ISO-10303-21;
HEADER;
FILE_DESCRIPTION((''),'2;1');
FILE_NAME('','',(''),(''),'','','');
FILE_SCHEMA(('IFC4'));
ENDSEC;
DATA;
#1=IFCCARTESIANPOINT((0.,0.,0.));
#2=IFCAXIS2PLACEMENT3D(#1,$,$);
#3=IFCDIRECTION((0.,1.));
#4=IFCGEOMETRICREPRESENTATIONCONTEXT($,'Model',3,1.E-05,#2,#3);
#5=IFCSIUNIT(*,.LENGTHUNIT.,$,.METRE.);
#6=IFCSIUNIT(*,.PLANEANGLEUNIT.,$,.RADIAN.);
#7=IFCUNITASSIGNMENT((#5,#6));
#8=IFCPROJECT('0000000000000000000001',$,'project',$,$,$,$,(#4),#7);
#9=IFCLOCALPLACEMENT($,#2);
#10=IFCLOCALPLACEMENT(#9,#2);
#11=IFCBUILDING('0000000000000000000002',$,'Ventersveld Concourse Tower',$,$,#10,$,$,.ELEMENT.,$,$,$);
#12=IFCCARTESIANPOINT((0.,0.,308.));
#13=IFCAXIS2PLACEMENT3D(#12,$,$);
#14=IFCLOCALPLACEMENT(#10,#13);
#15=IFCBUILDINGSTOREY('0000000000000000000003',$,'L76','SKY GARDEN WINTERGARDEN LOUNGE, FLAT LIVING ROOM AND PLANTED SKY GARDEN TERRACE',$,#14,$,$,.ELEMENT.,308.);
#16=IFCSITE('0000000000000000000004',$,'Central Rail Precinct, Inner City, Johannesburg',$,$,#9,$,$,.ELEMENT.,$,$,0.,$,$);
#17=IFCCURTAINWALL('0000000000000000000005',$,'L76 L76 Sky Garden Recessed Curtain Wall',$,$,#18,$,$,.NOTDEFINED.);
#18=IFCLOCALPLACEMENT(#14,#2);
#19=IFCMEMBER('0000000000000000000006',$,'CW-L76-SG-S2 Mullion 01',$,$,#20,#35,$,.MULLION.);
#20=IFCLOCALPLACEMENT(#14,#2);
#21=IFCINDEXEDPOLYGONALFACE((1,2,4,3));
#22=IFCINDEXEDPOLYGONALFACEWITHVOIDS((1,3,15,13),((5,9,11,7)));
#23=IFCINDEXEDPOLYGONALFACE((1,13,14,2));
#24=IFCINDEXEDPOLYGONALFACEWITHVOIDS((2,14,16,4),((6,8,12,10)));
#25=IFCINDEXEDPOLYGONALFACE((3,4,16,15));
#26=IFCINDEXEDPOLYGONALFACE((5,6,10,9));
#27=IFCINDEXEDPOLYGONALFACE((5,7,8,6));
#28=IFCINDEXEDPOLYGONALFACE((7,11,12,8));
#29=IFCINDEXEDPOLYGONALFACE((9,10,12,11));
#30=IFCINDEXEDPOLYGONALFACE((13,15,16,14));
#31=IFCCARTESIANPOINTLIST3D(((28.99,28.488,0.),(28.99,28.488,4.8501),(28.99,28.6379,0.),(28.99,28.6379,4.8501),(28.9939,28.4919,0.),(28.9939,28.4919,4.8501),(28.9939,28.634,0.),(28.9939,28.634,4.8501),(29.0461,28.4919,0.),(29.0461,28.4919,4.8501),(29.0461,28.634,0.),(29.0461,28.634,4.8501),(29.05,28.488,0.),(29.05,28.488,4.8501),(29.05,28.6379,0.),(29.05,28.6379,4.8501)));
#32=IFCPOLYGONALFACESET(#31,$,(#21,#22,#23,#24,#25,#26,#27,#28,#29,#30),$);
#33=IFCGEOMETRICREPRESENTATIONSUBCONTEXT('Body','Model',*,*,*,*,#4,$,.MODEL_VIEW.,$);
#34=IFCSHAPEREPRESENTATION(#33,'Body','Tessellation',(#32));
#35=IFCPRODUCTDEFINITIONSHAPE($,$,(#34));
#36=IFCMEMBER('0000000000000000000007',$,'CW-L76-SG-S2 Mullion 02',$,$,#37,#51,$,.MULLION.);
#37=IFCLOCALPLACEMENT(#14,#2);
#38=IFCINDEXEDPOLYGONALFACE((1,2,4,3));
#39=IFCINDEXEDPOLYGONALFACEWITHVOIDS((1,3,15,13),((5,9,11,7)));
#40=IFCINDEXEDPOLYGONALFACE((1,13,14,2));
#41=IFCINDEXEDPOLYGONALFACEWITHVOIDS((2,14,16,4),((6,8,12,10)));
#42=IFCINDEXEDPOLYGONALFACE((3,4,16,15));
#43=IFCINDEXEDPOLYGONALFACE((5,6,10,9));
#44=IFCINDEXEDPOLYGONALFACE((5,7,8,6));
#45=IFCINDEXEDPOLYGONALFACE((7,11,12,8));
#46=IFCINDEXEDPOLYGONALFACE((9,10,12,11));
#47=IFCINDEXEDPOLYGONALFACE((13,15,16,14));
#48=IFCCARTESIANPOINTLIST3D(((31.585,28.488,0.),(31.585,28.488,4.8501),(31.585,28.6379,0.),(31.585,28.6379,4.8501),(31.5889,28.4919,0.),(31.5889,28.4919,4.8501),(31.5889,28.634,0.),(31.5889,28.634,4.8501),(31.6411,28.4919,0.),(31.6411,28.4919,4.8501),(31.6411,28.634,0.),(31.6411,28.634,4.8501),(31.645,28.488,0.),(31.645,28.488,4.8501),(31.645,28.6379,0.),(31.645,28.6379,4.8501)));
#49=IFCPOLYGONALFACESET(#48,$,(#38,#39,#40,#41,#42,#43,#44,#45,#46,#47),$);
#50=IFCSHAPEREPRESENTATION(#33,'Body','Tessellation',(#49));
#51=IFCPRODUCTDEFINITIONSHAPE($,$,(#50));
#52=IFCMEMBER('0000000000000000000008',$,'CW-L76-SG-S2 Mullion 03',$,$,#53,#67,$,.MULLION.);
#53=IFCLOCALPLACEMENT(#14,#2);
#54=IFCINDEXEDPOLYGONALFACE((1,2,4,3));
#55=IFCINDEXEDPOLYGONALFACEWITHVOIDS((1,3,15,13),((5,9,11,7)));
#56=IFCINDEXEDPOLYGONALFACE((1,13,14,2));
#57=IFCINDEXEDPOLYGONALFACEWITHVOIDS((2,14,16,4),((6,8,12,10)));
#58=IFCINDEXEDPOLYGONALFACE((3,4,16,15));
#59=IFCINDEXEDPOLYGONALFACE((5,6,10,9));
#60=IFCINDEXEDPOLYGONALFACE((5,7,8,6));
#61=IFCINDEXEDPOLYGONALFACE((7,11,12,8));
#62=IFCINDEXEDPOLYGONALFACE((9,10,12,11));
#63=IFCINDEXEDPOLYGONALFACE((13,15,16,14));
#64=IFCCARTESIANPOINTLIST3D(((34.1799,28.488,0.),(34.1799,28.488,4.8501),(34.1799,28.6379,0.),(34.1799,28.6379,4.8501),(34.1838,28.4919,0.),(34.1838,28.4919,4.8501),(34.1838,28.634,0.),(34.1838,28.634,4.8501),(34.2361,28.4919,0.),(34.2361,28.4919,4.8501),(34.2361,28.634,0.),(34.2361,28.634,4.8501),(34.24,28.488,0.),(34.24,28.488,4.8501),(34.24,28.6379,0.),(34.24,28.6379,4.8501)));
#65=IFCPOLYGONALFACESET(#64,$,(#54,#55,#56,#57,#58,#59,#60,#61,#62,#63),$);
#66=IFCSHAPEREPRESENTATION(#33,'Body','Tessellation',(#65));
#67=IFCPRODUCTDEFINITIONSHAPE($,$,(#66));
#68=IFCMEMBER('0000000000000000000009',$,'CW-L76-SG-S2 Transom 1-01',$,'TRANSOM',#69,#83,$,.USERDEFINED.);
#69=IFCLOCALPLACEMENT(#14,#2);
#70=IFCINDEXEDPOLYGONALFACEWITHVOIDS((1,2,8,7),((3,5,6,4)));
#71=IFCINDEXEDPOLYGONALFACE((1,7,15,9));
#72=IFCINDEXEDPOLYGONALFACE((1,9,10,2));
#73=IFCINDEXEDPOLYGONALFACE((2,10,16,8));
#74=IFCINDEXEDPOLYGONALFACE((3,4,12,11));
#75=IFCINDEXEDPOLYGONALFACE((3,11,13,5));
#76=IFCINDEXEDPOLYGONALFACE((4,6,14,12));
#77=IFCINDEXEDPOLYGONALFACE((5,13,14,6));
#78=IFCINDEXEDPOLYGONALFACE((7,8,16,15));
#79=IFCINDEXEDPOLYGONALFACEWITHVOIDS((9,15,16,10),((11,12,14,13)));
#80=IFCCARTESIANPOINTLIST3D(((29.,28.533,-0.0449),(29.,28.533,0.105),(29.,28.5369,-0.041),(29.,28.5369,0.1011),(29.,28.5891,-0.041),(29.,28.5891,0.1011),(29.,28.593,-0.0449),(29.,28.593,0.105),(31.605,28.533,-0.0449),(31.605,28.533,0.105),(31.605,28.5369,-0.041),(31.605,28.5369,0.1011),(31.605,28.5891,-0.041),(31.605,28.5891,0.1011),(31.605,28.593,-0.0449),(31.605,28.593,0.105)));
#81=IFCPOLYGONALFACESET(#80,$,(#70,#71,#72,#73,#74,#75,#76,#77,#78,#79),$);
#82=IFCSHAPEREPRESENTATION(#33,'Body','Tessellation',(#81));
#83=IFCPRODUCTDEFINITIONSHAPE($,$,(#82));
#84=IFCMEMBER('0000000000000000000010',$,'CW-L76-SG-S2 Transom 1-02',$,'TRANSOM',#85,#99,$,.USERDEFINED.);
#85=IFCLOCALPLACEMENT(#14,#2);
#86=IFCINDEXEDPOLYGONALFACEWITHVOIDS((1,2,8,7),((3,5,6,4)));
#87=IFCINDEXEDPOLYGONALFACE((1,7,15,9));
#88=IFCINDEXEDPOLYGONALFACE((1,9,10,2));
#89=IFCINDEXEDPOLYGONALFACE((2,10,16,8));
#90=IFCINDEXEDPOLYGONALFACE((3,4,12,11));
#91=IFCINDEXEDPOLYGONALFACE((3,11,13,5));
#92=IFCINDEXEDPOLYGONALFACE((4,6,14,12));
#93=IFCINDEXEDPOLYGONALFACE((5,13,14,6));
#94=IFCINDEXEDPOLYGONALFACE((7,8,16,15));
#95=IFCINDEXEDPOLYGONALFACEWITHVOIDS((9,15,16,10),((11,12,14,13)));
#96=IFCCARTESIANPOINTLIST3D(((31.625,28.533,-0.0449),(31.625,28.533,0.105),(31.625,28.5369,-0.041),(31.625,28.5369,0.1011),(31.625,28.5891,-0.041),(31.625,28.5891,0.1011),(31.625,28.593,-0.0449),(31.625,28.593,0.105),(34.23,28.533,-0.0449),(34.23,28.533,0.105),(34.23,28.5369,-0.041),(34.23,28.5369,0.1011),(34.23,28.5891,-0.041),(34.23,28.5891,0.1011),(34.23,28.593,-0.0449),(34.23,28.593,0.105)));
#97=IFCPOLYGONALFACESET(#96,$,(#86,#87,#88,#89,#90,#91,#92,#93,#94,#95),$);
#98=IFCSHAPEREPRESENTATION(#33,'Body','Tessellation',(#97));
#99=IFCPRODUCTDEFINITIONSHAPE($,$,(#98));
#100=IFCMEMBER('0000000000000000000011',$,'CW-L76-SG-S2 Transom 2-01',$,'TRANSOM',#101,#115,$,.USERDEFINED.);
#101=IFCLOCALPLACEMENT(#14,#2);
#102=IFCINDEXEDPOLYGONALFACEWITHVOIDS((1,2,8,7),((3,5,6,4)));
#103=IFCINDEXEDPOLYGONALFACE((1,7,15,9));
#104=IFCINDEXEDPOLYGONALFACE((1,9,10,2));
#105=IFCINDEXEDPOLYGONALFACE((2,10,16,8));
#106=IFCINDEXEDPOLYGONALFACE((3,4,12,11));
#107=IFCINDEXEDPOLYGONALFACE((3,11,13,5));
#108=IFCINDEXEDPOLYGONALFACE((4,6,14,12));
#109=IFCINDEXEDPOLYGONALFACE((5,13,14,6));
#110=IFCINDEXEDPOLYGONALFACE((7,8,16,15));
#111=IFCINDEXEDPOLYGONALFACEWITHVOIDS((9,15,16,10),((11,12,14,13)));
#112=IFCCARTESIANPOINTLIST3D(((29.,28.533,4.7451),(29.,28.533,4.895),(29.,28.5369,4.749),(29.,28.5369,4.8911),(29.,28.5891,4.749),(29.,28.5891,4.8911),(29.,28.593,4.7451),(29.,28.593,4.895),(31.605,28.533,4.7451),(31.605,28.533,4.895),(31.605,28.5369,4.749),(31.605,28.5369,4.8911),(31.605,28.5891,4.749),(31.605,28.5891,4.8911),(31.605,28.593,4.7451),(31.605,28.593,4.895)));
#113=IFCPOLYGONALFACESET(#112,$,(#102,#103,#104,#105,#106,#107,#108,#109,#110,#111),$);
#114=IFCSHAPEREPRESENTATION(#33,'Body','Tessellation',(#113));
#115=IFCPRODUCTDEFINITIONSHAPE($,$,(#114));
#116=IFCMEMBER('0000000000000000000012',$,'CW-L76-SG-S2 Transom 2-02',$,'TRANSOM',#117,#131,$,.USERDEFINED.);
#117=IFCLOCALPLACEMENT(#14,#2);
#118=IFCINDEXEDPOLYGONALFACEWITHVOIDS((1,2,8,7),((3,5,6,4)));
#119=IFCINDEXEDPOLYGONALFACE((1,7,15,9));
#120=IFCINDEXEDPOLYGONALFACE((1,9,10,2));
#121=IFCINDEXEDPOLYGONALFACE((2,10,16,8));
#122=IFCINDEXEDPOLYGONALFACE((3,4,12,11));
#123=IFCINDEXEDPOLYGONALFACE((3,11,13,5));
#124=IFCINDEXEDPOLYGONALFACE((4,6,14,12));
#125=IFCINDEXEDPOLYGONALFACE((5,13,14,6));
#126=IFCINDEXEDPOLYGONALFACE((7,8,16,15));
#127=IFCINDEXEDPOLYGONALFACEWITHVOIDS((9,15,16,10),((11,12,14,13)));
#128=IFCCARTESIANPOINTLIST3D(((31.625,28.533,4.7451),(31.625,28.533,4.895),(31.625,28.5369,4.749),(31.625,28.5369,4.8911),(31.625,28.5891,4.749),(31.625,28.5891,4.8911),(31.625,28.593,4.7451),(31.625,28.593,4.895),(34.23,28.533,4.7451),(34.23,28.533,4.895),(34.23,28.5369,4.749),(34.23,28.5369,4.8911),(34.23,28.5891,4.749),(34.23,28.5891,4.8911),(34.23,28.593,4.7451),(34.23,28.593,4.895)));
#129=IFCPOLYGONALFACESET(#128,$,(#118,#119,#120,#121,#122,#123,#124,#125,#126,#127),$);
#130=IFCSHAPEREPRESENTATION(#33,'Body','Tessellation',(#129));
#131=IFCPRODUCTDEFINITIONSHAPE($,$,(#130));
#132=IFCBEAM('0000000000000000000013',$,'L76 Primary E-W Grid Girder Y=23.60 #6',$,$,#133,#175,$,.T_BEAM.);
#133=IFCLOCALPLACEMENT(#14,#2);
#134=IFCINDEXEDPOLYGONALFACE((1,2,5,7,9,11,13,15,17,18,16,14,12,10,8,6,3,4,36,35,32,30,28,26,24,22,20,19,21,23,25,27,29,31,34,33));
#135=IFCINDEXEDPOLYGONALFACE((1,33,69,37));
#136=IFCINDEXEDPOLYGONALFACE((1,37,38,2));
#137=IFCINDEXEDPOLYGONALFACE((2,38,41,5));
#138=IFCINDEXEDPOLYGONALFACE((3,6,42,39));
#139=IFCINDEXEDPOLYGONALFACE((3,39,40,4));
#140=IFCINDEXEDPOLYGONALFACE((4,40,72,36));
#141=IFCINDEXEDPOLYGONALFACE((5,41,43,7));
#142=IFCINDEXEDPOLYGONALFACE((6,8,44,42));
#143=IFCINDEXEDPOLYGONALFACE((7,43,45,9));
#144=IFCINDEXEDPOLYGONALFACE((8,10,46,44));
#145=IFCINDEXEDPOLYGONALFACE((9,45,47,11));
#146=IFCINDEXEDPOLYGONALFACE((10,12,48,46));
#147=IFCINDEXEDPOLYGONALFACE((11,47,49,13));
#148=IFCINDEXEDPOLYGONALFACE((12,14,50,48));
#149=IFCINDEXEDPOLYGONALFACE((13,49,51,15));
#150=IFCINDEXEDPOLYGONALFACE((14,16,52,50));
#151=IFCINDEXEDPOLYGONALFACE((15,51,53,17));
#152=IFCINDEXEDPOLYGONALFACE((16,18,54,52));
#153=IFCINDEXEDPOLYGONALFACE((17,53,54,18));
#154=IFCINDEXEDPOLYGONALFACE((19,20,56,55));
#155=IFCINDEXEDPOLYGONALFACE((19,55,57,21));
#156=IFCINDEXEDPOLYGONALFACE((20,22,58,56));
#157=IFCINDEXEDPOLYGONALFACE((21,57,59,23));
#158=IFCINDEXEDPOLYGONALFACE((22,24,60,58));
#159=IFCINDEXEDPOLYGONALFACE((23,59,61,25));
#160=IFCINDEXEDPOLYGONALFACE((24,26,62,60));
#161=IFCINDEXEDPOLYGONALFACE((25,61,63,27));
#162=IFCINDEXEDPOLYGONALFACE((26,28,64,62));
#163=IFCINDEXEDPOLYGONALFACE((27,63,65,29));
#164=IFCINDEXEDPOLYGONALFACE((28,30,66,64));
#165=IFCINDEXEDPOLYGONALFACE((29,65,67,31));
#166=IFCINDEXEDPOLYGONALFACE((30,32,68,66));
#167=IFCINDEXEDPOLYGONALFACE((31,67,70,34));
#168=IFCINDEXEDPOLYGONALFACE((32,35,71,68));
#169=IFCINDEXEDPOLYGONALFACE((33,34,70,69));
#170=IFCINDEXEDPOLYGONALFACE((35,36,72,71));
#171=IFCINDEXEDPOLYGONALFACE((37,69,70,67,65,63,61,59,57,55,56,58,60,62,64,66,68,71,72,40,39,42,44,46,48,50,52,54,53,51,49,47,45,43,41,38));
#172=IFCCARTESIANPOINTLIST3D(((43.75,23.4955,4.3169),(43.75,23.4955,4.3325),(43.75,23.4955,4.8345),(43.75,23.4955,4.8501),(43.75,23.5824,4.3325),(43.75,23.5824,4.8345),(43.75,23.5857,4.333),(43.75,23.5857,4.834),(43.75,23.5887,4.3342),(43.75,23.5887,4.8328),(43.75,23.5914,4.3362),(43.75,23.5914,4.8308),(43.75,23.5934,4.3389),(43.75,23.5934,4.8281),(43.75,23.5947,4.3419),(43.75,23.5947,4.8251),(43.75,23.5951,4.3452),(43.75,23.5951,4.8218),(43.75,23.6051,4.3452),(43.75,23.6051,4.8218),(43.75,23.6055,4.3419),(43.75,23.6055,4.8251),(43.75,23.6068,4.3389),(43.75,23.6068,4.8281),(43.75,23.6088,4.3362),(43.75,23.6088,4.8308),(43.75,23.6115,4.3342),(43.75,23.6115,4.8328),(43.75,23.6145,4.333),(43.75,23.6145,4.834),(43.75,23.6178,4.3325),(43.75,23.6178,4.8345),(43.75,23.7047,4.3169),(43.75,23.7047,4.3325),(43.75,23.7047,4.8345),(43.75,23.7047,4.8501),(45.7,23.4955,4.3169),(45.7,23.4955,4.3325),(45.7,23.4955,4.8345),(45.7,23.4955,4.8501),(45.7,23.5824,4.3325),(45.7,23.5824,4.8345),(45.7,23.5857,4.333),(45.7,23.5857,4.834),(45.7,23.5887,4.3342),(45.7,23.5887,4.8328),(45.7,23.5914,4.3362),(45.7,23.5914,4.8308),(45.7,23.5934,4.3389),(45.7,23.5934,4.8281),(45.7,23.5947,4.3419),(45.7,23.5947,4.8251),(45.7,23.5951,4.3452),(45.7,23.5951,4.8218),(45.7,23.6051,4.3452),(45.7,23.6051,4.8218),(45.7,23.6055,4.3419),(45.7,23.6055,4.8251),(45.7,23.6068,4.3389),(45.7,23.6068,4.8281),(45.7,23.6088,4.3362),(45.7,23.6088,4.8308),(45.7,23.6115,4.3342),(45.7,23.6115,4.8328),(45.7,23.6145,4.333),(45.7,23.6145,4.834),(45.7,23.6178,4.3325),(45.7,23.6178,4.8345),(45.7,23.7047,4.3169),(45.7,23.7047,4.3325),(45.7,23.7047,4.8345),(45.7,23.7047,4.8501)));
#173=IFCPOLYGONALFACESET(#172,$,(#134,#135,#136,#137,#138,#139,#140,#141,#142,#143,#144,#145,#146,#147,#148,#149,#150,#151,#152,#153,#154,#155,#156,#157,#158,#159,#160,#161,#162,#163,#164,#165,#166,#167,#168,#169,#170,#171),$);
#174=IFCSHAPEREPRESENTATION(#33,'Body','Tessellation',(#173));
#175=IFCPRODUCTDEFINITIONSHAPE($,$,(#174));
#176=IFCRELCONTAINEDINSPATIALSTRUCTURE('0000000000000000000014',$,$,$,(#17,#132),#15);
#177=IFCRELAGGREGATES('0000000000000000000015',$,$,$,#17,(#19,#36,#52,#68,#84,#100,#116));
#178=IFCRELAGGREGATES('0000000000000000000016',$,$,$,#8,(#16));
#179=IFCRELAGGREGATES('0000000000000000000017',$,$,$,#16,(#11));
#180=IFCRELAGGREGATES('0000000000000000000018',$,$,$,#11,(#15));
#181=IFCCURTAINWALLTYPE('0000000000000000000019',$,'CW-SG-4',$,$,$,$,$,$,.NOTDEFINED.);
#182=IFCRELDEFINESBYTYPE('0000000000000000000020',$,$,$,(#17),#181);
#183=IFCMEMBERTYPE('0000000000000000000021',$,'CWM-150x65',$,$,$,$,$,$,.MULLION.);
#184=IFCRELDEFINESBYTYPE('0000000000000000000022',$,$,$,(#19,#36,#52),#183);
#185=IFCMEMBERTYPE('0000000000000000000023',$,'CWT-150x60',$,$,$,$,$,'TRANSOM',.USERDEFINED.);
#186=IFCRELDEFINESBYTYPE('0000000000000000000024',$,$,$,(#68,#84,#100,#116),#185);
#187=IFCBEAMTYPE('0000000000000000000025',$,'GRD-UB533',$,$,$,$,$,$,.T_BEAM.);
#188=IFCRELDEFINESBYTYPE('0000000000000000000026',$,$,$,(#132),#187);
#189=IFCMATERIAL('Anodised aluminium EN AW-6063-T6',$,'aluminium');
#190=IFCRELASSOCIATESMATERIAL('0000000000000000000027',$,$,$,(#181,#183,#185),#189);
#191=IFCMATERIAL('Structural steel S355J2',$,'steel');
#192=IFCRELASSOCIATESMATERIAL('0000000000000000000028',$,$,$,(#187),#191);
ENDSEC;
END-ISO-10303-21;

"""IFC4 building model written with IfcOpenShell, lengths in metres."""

from ifc_helpers import new_model, si_unit, direction, frame, origin, origin_2d, place, context, subcontext, project, spatial, hollow_rectangle, i_section, extrude, material, material_profile, profile_set, type_object, element, aggregate, save


model = new_model("IFC4")

# Units and contexts
model_context = context("Model", 3, precision=1e-05, world=origin(), true_north=direction((0.0, 1.0)))
body_context = subcontext(model_context, "Body", "Model", "MODEL_VIEW")
ifc_project = project(units=[si_unit("LENGTHUNIT", "METRE"), si_unit("PLANEANGLEUNIT", "RADIAN")], contexts=[model_context])

# Site, building, storey
site_placement = place(None, origin())
site = spatial("IfcSite", under=ifc_project, at=site_placement, Name="Central Rail Precinct, Inner City, Johannesburg", CompositionType="ELEMENT", RefElevation=0.0)
building_placement = place(site_placement, origin())
building = spatial("IfcBuilding", under=site, at=building_placement, Name="Ventersveld Concourse Tower", CompositionType="ELEMENT")
storey_placement = place(building_placement, frame((0.0, 0.0, 308.0)))
storey = spatial("IfcBuildingStorey", under=building, at=storey_placement, Name="L76", Description="SKY GARDEN WINTERGARDEN LOUNGE, FLAT LIVING ROOM AND PLANTED SKY GARDEN TERRACE", CompositionType="ELEMENT", Elevation=308.0)

# Shared definitions
ifc_material_1 = material(Name="Structural steel S355J2", Category="steel")

# Shared definitions
ifc_material_2 = material(Name="Anodised aluminium EN AW-6063-T6", Category="aluminium")
curtain_wall_type = type_object("IfcCurtainWallType", Name="CW-SG-4", PredefinedType="NOTDEFINED", material=ifc_material_2)
ifc_material_profile_1 = material_profile(ifc_material_2, hollow_rectangle(XDim=0.0601, YDim=0.1499, WallThickness=0.0039, at=origin_2d()), Name="ALU 150x60x4")
ifc_profile_set_1 = profile_set([ifc_material_profile_1], Name="Anodised aluminium EN AW-6063-T6")
member_type_1 = type_object("IfcMemberType", Name="CWM-150x65", PredefinedType="MULLION", material=ifc_profile_set_1)

# Curtain wall, members
curtain_wall_1_placement = place(storey_placement, origin())
curtain_wall_1 = element("IfcCurtainWall", 1, at=curtain_wall_1_placement, inside=storey, type_object=curtain_wall_type, Name="L76 L76 Sky Garden Recessed Curtain Wall", PredefinedType="NOTDEFINED")
member_1_placement = place(storey_placement, frame((29.02, 28.563, 0.0), z_axis=(0.0, 0.0, 1.0), x_axis=(1.0, 0.0, 0.0)))
member_1 = element("IfcMember", 2, at=member_1_placement, type_object=member_type_1, Name="CW-L76-SG-S2 Mullion 01", PredefinedType="MULLION", context=body_context, shape_type="SweptSolid", body=[
    extrude(hollow_rectangle(XDim=0.0601, YDim=0.1499, WallThickness=0.0039, at=origin_2d()), origin(), (0.0, 0.0, 1.0), 4.8501),
])
member_2_placement = place(storey_placement, frame((31.615, 28.563, 0.0), z_axis=(0.0, 0.0, 1.0), x_axis=(1.0, 0.0, 0.0)))
member_2 = element("IfcMember", 3, at=member_2_placement, type_object=member_type_1, Name="CW-L76-SG-S2 Mullion 02", PredefinedType="MULLION", context=body_context, shape_type="SweptSolid", body=[
    extrude(hollow_rectangle(XDim=0.0601, YDim=0.1499, WallThickness=0.0039, at=origin_2d()), origin(), (0.0, 0.0, 1.0), 4.8501),
])
member_3_placement = place(storey_placement, frame((34.21, 28.563, 0.0), z_axis=(0.0, 0.0, 1.0), x_axis=(1.0, 0.0, 0.0)))
member_3 = element("IfcMember", 4, at=member_3_placement, type_object=member_type_1, Name="CW-L76-SG-S2 Mullion 03", PredefinedType="MULLION", context=body_context, shape_type="SweptSolid", body=[
    extrude(hollow_rectangle(XDim=0.0601, YDim=0.1499, WallThickness=0.0039, at=origin_2d()), origin(), (0.0, 0.0, 1.0), 4.8501),
])
ifc_material_profile_2 = material_profile(ifc_material_2, hollow_rectangle(XDim=0.0601, YDim=0.1499, WallThickness=0.0039, at=origin_2d()), Name="ALU 150x60x4")
ifc_profile_set_2 = profile_set([ifc_material_profile_2], Name="Anodised aluminium EN AW-6063-T6")
member_type_2 = type_object("IfcMemberType", Name="CWT-150x60", ElementType="TRANSOM", PredefinedType="USERDEFINED", material=ifc_profile_set_2)
member_4_placement = place(storey_placement, frame((29.0, 28.563, 0.03), z_axis=(1.0, 0.0, 0.0), x_axis=(0.0, 1.0, 0.0)))
member_4 = element("IfcMember", 5, at=member_4_placement, type_object=member_type_2, Name="CW-L76-SG-S2 Transom 1-01", ObjectType="TRANSOM", PredefinedType="USERDEFINED", context=body_context, shape_type="SweptSolid", body=[
    extrude(hollow_rectangle(XDim=0.0601, YDim=0.1499, WallThickness=0.0039, at=origin_2d()), origin(), (0.0, 0.0, 1.0), 2.605),
])
member_5_placement = place(storey_placement, frame((31.625, 28.563, 0.03), z_axis=(1.0, 0.0, 0.0), x_axis=(0.0, 1.0, 0.0)))
member_5 = element("IfcMember", 6, at=member_5_placement, type_object=member_type_2, Name="CW-L76-SG-S2 Transom 1-02", ObjectType="TRANSOM", PredefinedType="USERDEFINED", context=body_context, shape_type="SweptSolid", body=[
    extrude(hollow_rectangle(XDim=0.0601, YDim=0.1499, WallThickness=0.0039, at=origin_2d()), origin(), (0.0, 0.0, 1.0), 2.605),
])
member_6_placement = place(storey_placement, frame((29.0, 28.563, 4.8201), z_axis=(1.0, 0.0, 0.0), x_axis=(0.0, 1.0, 0.0)))
member_6 = element("IfcMember", 7, at=member_6_placement, type_object=member_type_2, Name="CW-L76-SG-S2 Transom 2-01", ObjectType="TRANSOM", PredefinedType="USERDEFINED", context=body_context, shape_type="SweptSolid", body=[
    extrude(hollow_rectangle(XDim=0.0601, YDim=0.1499, WallThickness=0.0039, at=origin_2d()), origin(), (0.0, 0.0, 1.0), 2.605),
])
member_7_placement = place(storey_placement, frame((31.625, 28.563, 4.8201), z_axis=(1.0, 0.0, 0.0), x_axis=(0.0, 1.0, 0.0)))
member_7 = element("IfcMember", 8, at=member_7_placement, type_object=member_type_2, Name="CW-L76-SG-S2 Transom 2-02", ObjectType="TRANSOM", PredefinedType="USERDEFINED", context=body_context, shape_type="SweptSolid", body=[
    extrude(hollow_rectangle(XDim=0.0601, YDim=0.1499, WallThickness=0.0039, at=origin_2d()), origin(), (0.0, 0.0, 1.0), 2.605),
])

# Beam
ifc_material_profile_3 = material_profile(ifc_material_1, i_section(OverallWidth=0.2092, OverallDepth=0.5332, WebThickness=0.01, FlangeThickness=0.0156, FilletRadius=0.0127, at=origin_2d()), Name="UB 533x210x92")
ifc_profile_set_3 = profile_set([ifc_material_profile_3], Name="Structural steel S355J2")
beam_type_1 = type_object("IfcBeamType", Name="GRD-UB533", PredefinedType="T_BEAM", material=ifc_profile_set_3)
beam_1_placement = place(storey_placement, frame((43.75, 23.6001, 4.5835), z_axis=(1.0, 0.0, 0.0), x_axis=(0.0, 1.0, 0.0)))
element("IfcBeam", 9, at=beam_1_placement, inside=storey, type_object=beam_type_1, Name="L76 Primary E-W Grid Girder Y=23.60 #6", PredefinedType="T_BEAM", context=body_context, shape_type="SweptSolid", body=[
    extrude(i_section(OverallWidth=0.2092, OverallDepth=0.5332, WebThickness=0.01, FlangeThickness=0.0156, FilletRadius=0.0127, at=origin_2d()), origin(), (0.0, 0.0, 1.0), 1.95),
])

aggregate(curtain_wall_1, [member_1, member_2, member_3, member_4, member_5, member_6, member_7])

save(model, "model.ifc")
